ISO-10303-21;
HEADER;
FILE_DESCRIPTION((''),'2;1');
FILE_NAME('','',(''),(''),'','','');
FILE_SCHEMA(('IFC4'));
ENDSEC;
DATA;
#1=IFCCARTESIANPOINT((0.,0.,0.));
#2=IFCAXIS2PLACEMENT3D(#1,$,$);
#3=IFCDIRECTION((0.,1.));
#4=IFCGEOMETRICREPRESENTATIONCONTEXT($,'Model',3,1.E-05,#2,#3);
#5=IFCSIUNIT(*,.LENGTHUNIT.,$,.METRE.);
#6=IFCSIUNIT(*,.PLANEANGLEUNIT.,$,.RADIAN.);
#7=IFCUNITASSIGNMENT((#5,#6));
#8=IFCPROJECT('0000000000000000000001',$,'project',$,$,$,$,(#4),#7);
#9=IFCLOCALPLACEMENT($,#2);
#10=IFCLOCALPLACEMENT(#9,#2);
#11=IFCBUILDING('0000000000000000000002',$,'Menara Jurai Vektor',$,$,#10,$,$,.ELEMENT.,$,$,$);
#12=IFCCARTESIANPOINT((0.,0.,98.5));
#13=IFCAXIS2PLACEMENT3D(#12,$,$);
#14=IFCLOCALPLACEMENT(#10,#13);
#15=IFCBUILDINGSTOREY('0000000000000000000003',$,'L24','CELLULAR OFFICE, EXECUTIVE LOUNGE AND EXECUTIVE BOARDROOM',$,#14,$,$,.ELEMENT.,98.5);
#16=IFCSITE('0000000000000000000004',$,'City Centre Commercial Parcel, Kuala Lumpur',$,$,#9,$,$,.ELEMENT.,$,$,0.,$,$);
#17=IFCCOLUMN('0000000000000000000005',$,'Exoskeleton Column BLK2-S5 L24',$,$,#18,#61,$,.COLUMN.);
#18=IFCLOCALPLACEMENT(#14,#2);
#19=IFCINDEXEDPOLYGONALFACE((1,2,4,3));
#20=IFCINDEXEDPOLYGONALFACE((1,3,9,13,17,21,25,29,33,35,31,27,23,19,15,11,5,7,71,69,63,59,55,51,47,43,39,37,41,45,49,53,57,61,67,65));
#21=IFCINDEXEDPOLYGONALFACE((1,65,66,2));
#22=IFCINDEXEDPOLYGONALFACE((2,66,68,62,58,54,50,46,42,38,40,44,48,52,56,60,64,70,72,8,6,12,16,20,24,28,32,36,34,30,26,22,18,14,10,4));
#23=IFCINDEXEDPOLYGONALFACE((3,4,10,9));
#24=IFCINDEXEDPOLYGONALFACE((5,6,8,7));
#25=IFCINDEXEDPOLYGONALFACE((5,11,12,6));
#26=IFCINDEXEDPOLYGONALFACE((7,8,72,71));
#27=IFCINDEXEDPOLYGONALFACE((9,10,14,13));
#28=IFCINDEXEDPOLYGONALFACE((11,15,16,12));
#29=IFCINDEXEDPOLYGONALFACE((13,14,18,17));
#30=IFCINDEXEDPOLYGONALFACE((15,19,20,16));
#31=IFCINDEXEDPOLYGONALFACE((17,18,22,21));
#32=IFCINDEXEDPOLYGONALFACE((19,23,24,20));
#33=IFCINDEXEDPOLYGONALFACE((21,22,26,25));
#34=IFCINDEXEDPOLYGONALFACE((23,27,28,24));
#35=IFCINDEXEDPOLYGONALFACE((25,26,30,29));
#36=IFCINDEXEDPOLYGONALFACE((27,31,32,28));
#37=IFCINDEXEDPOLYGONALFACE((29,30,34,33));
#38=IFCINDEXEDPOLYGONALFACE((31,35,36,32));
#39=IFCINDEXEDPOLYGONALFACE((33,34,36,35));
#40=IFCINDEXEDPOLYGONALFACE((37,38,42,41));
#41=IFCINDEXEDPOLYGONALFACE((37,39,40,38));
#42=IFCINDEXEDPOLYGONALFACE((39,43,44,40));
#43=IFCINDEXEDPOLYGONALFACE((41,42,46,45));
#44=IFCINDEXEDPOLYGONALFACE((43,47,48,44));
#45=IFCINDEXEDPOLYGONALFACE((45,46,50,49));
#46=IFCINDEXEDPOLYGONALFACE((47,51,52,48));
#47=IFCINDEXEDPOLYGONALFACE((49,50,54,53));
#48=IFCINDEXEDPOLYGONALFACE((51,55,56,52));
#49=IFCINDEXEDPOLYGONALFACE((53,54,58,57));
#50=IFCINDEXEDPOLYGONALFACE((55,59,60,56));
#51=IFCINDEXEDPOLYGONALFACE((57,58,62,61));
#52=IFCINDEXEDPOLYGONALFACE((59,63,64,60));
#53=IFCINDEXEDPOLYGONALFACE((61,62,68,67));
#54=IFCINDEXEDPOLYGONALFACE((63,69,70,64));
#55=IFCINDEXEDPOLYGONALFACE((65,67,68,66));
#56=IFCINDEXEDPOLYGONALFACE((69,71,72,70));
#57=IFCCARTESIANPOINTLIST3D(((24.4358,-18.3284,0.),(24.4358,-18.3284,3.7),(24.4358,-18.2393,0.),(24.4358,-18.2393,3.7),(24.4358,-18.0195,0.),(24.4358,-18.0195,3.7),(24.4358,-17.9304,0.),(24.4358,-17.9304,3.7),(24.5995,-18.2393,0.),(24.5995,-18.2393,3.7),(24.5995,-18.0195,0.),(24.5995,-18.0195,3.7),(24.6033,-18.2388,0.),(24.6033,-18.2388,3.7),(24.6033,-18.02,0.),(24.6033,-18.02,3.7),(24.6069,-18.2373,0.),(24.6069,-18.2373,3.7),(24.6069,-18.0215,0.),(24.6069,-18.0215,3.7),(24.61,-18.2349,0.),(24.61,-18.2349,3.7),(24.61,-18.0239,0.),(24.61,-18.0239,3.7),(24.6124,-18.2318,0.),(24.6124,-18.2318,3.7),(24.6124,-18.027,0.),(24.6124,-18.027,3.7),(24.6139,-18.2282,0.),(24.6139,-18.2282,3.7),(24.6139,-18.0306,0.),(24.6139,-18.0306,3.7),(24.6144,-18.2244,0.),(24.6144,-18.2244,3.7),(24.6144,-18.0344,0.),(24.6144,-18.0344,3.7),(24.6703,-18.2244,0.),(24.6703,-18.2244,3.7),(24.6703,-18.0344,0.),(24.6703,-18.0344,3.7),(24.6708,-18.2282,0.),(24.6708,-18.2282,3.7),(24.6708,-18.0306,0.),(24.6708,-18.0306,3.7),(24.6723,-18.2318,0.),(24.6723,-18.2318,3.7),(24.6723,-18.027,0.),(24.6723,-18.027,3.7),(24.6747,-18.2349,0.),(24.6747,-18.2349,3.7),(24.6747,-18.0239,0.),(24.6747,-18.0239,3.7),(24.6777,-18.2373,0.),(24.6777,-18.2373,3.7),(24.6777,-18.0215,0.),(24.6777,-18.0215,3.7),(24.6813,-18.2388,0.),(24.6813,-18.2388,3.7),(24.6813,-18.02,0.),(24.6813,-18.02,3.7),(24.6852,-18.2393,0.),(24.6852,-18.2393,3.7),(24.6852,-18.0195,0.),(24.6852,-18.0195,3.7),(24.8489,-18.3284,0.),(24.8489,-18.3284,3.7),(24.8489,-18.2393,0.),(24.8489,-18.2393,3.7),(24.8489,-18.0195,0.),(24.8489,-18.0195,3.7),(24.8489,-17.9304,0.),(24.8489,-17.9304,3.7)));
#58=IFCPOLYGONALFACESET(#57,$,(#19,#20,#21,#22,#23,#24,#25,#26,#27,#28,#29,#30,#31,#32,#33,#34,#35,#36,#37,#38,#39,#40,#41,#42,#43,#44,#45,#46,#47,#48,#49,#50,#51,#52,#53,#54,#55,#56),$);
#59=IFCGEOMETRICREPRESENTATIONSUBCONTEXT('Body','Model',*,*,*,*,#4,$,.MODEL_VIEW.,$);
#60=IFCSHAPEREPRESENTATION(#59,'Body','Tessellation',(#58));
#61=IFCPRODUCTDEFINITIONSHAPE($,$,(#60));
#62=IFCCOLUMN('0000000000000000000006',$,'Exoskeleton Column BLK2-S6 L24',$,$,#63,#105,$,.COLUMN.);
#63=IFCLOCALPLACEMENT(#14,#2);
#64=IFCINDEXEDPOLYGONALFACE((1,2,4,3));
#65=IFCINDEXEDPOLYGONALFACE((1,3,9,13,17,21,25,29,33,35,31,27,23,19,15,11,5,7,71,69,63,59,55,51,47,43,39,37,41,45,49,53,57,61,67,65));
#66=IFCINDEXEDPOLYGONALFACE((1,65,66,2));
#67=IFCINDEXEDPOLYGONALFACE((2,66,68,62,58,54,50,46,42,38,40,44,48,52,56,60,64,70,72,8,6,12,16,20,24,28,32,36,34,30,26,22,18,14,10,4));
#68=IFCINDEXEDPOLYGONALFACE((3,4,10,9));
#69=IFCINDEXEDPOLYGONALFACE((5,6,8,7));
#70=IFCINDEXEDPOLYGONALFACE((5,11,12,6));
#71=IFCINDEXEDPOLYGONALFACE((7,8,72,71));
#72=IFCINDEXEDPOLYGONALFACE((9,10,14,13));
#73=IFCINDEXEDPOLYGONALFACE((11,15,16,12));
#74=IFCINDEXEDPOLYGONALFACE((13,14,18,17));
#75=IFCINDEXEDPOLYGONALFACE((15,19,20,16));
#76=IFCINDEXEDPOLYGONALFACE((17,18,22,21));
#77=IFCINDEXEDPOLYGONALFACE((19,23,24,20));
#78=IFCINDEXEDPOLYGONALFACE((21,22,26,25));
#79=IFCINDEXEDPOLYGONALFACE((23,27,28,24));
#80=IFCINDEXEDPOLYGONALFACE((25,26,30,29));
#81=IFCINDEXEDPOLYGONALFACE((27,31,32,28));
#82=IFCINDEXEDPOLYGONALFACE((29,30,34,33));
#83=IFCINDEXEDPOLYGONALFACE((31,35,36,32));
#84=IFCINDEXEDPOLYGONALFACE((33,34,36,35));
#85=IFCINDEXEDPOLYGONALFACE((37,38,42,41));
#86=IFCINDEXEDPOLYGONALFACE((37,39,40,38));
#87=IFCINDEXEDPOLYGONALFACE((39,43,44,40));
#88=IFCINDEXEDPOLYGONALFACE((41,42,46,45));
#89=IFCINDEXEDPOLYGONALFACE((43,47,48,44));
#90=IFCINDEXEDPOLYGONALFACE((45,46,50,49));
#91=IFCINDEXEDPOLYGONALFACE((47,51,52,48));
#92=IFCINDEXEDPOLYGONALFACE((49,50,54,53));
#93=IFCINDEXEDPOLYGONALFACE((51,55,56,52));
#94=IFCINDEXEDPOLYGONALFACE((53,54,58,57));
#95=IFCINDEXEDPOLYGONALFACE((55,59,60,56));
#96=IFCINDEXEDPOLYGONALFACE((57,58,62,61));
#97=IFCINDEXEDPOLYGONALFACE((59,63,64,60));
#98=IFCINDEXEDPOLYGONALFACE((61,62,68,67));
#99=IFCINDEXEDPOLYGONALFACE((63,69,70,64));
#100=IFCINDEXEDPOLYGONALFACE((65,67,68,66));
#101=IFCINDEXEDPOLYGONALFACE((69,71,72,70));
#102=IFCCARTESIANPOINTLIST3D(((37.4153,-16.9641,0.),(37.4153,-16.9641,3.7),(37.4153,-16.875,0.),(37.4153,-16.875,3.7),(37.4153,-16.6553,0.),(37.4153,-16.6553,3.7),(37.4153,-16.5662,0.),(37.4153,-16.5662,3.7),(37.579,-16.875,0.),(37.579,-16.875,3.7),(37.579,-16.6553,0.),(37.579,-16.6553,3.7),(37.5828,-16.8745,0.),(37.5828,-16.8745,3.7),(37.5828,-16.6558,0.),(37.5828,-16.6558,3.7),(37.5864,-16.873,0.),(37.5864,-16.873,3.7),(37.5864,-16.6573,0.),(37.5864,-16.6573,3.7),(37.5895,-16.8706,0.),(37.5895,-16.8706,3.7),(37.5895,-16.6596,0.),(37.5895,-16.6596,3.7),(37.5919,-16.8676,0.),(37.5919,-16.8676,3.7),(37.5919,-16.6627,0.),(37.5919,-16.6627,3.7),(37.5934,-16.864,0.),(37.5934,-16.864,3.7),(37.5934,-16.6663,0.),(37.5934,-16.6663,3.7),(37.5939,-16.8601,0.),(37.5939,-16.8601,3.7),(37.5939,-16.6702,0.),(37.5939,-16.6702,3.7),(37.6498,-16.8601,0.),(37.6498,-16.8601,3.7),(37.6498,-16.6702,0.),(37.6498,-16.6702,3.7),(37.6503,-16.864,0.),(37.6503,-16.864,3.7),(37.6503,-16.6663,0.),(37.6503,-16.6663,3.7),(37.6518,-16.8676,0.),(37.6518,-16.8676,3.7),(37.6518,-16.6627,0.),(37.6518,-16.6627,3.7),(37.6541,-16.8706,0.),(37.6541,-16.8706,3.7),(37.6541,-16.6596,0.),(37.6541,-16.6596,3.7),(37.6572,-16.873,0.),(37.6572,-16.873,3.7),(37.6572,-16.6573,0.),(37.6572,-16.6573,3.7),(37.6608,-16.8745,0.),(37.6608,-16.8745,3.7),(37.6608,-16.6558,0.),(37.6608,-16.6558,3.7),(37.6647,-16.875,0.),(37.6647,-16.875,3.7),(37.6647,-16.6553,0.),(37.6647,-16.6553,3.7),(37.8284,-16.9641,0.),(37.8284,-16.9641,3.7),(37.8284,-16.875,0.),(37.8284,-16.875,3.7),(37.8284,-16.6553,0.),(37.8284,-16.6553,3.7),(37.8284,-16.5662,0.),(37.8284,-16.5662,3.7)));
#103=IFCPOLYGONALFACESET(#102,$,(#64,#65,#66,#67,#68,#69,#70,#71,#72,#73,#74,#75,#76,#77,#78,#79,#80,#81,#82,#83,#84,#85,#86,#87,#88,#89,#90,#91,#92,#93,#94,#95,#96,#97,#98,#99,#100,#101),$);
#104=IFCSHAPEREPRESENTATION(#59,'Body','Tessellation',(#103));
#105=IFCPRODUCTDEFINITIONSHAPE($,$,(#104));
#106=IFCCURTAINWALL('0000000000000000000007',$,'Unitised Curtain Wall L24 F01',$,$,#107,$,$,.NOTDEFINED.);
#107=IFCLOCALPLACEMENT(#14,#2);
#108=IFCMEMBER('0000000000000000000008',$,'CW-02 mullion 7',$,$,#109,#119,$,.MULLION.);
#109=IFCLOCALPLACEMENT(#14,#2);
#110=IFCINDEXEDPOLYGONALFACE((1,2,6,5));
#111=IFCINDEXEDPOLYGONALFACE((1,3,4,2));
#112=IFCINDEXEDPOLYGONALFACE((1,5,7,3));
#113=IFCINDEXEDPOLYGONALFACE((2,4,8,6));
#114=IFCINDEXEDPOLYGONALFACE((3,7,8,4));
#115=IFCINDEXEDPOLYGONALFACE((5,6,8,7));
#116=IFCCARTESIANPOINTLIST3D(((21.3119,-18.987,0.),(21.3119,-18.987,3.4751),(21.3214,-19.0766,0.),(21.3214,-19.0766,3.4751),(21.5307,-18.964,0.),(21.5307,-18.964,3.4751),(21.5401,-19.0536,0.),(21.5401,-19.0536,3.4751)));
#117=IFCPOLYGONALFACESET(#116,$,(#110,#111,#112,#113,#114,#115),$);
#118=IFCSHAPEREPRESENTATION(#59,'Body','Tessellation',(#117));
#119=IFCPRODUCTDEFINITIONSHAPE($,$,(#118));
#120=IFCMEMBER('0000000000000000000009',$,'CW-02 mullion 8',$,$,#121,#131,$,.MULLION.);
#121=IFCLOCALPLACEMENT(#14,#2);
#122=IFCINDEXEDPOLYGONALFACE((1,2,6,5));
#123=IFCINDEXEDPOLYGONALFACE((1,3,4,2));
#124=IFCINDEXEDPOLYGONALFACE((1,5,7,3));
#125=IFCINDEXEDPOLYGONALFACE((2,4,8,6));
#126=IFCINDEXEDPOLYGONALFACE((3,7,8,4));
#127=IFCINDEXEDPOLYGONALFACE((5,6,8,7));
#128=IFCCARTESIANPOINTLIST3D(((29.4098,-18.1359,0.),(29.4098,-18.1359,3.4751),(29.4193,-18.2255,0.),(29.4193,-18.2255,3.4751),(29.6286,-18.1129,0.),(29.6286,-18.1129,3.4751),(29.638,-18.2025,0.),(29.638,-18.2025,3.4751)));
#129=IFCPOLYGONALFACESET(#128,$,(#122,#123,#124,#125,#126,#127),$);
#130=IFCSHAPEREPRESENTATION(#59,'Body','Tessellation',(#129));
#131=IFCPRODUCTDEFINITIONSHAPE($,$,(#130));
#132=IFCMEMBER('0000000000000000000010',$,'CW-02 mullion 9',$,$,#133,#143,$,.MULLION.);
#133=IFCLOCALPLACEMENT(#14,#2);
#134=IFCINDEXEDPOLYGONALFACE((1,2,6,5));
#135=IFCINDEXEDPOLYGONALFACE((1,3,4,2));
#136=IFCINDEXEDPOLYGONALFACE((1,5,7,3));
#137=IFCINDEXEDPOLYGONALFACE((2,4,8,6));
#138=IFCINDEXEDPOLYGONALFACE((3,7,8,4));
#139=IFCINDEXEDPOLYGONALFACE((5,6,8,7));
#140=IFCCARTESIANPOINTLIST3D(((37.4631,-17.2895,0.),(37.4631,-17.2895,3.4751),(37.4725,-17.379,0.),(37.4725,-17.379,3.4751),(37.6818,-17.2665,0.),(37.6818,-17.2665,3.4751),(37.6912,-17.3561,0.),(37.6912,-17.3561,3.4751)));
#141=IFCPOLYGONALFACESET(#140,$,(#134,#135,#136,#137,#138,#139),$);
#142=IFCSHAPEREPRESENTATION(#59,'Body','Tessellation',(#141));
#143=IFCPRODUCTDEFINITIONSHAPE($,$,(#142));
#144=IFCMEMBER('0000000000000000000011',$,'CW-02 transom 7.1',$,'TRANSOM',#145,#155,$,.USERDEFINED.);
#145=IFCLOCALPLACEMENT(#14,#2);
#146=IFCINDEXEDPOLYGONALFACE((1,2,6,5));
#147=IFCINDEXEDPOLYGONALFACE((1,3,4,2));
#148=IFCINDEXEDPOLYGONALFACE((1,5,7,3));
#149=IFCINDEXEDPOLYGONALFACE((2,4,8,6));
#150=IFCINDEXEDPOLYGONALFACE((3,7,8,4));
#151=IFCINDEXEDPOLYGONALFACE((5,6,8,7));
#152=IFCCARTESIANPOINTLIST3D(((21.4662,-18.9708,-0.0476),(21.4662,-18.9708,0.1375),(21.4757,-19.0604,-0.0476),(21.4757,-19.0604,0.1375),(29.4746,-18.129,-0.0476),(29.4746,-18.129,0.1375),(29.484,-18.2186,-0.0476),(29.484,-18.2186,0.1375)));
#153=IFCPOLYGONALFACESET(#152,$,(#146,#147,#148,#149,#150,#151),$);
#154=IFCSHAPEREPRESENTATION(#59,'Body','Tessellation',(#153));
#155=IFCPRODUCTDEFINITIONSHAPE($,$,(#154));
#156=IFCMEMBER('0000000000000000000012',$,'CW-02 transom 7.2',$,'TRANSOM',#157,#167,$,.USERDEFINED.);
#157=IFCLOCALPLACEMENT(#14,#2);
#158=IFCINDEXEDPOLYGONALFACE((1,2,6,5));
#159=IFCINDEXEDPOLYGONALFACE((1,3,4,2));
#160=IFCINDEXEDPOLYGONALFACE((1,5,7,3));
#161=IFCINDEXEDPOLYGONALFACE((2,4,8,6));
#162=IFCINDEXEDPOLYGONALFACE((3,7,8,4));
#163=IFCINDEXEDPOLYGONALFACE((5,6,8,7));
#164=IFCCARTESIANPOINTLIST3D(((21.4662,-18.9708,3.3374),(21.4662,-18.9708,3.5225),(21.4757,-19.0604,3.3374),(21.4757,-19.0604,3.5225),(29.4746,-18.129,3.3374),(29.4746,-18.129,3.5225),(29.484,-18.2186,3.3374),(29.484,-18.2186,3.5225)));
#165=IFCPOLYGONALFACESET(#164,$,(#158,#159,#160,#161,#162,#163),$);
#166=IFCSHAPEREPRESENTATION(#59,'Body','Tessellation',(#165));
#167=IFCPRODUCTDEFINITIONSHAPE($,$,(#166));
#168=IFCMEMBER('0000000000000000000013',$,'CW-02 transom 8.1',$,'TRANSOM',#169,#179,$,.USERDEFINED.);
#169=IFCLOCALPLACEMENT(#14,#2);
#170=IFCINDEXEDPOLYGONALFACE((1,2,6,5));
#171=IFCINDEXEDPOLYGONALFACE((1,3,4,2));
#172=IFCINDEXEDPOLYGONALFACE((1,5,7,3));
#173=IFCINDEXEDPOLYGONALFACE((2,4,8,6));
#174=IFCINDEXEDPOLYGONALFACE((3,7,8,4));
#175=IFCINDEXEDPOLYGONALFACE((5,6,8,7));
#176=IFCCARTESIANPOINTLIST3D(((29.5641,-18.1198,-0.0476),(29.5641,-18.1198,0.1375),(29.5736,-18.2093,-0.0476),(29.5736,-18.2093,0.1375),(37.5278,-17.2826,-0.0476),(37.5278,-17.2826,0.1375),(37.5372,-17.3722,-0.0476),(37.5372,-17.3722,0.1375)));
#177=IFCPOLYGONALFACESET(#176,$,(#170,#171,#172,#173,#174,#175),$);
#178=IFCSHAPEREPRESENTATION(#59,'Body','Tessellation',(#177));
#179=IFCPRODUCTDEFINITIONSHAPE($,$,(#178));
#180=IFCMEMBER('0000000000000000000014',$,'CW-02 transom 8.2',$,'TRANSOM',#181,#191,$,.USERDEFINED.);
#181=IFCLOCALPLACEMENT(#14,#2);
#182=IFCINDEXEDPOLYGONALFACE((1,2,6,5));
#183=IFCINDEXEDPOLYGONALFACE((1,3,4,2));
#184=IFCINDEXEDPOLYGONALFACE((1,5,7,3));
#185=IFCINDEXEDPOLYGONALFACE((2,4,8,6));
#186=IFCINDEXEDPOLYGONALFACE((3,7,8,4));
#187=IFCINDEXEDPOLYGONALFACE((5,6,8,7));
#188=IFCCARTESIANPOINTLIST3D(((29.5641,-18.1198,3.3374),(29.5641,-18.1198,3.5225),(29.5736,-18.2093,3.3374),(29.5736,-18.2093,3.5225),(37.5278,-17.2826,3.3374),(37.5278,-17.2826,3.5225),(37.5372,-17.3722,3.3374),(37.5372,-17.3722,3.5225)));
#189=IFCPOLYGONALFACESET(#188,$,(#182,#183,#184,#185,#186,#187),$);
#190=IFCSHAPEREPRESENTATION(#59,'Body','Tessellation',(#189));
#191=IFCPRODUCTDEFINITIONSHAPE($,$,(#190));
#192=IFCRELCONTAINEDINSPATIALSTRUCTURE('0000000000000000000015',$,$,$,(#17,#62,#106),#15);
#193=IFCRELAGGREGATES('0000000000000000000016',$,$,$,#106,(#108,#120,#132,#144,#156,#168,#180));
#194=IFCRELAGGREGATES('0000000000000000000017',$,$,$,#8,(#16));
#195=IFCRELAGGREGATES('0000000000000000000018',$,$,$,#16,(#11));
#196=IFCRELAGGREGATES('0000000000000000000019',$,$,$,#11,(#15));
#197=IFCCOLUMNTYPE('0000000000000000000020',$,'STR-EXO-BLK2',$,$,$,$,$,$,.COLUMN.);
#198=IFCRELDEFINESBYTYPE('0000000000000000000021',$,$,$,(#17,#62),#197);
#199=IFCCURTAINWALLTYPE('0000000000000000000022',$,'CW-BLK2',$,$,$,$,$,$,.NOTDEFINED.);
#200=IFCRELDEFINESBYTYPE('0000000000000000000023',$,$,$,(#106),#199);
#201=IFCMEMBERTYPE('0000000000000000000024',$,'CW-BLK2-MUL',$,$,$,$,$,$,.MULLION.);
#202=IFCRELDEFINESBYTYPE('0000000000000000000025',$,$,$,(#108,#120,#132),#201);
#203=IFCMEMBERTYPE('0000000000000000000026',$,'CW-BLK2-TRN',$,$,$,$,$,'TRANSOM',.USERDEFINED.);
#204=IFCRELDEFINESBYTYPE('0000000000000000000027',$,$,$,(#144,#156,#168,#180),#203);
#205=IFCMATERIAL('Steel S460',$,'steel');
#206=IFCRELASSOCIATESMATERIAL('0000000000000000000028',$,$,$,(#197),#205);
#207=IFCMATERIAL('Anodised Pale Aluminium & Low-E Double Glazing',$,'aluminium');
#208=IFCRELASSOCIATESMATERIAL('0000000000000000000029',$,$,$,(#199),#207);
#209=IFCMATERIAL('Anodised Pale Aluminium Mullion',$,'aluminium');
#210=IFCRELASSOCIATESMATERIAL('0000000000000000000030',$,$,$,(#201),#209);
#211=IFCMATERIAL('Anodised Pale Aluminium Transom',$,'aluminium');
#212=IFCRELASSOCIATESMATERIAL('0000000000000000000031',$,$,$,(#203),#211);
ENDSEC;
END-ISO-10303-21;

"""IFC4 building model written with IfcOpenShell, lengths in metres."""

from ifc_helpers import new_model, si_unit, direction, frame, origin, origin_2d, place, context, subcontext, project, spatial, rectangle, i_section, extrude, material, material_profile, profile_set, type_object, element, aggregate, save


model = new_model("IFC4")

# Units and contexts
model_context = context("Model", 3, precision=1e-05, world=origin(), true_north=direction((0.0, 1.0)))
body_context = subcontext(model_context, "Body", "Model", "MODEL_VIEW")
ifc_project = project(units=[si_unit("LENGTHUNIT", "METRE"), si_unit("PLANEANGLEUNIT", "RADIAN")], contexts=[model_context])

# Site, building, storey
site_placement = place(None, origin())
site = spatial("IfcSite", under=ifc_project, at=site_placement, Name="City Centre Commercial Parcel, Kuala Lumpur", CompositionType="ELEMENT", RefElevation=0.0)
building_placement = place(site_placement, origin())
building = spatial("IfcBuilding", under=site, at=building_placement, Name="Menara Jurai Vektor", CompositionType="ELEMENT")
storey_placement = place(building_placement, frame((0.0, 0.0, 98.5)))
storey = spatial("IfcBuildingStorey", under=building, at=storey_placement, Name="L24", Description="CELLULAR OFFICE, EXECUTIVE LOUNGE AND EXECUTIVE BOARDROOM", CompositionType="ELEMENT", Elevation=98.5)

# Columns
ifc_material_1 = material(Name="Steel S460", Category="steel")
ifc_material_profile_1 = material_profile(ifc_material_1, i_section(OverallWidth=0.4131, OverallDepth=0.3979, WebThickness=0.0559, FlangeThickness=0.0891, FilletRadius=0.0149, at=origin_2d()), Name="HD 400x744")
ifc_profile_set_1 = profile_set([ifc_material_profile_1], Name="Steel S460")
column_type = type_object("IfcColumnType", Name="STR-EXO-BLK2", PredefinedType="COLUMN", material=ifc_profile_set_1)
for number, where, z_axis, x_axis, name in (
    (1, (24.6423, -18.1294, 0.0), (0.0, 0.0, 1.0), (1.0, 0.0, 0.0), "Exoskeleton Column BLK2-S5 L24"),
    (2, (37.6218, -16.7651, 0.0), (0.0, 0.0, 1.0), (1.0, 0.0, 0.0), "Exoskeleton Column BLK2-S6 L24"),
):
    element("IfcColumn", number, at=place(storey_placement, frame(where, z_axis=z_axis, x_axis=x_axis)), inside=storey, type_object=column_type, Name=name, PredefinedType="COLUMN", context=body_context, shape_type="SweptSolid", body=[
        extrude(i_section(OverallWidth=0.4131, OverallDepth=0.3979, WebThickness=0.0559, FlangeThickness=0.0891, FilletRadius=0.0149, at=origin_2d()), origin(), (0.0, 0.0, 1.0), 3.7),
    ])

# Curtain wall, members
ifc_material_2 = material(Name="Anodised Pale Aluminium & Low-E Double Glazing", Category="aluminium")
curtain_wall_type = type_object("IfcCurtainWallType", Name="CW-BLK2", PredefinedType="NOTDEFINED", material=ifc_material_2)
curtain_wall_placement = place(storey_placement, origin())
curtain_wall = element("IfcCurtainWall", 3, at=curtain_wall_placement, inside=storey, type_object=curtain_wall_type, Name="Unitised Curtain Wall L24 F01", PredefinedType="NOTDEFINED")
ifc_material_3 = material(Name="Anodised Pale Aluminium Mullion", Category="aluminium")
ifc_material_profile_2 = material_profile(ifc_material_3, rectangle(XDim=0.0901, YDim=0.22, at=origin_2d()), Name="ALU MUL 90x220")
ifc_profile_set_2 = profile_set([ifc_material_profile_2], Name="Anodised Pale Aluminium Mullion")
member_type_1 = type_object("IfcMemberType", Name="CW-BLK2-MUL", PredefinedType="MULLION", material=ifc_profile_set_2)
member_1_placement = place(storey_placement, frame((21.426, -19.0203, 0.0), z_axis=(0.0, 0.0, 1.0), x_axis=(-0.104529, 0.994522, 0.0)))
member_1 = element("IfcMember", 4, at=member_1_placement, type_object=member_type_1, Name="CW-02 mullion 7", PredefinedType="MULLION", context=body_context, shape_type="SweptSolid", body=[
    extrude(rectangle(XDim=0.0901, YDim=0.22, at=origin_2d()), origin(), (0.0, 0.0, 1.0), 3.4751),
])
member_2_placement = place(storey_placement, frame((29.5239, -18.1692, 0.0), z_axis=(0.0, 0.0, 1.0), x_axis=(-0.104529, 0.994522, 0.0)))
member_2 = element("IfcMember", 5, at=member_2_placement, type_object=member_type_1, Name="CW-02 mullion 8", PredefinedType="MULLION", context=body_context, shape_type="SweptSolid", body=[
    extrude(rectangle(XDim=0.0901, YDim=0.22, at=origin_2d()), origin(), (0.0, 0.0, 1.0), 3.4751),
])
member_3_placement = place(storey_placement, frame((37.5771, -17.3228, 0.0), z_axis=(0.0, 0.0, 1.0), x_axis=(-0.104529, 0.994522, 0.0)))
member_3 = element("IfcMember", 6, at=member_3_placement, type_object=member_type_1, Name="CW-02 mullion 9", PredefinedType="MULLION", context=body_context, shape_type="SweptSolid", body=[
    extrude(rectangle(XDim=0.0901, YDim=0.22, at=origin_2d()), origin(), (0.0, 0.0, 1.0), 3.4751),
])
ifc_material_4 = material(Name="Anodised Pale Aluminium Transom", Category="aluminium")
ifc_material_profile_3 = material_profile(ifc_material_4, rectangle(XDim=0.0901, YDim=0.1851, at=origin_2d()), Name="ALU TRN 90x185")
ifc_profile_set_3 = profile_set([ifc_material_profile_3], Name="Anodised Pale Aluminium Transom")
member_type_2 = type_object("IfcMemberType", Name="CW-BLK2-TRN", ElementType="TRANSOM", PredefinedType="USERDEFINED", material=ifc_profile_set_3)
member_4_placement = place(storey_placement, frame((21.4709, -19.0156, 0.0449), z_axis=(0.994521, 0.10454, 0.0), x_axis=(-0.10454, 0.994521, 0.0)))
member_4 = element("IfcMember", 7, at=member_4_placement, type_object=member_type_2, Name="CW-02 transom 7.1", ObjectType="TRANSOM", PredefinedType="USERDEFINED", context=body_context, shape_type="SweptSolid", body=[
    extrude(rectangle(XDim=0.0901, YDim=0.1851, at=origin_2d()), origin(), (0.0, 0.0, 1.0), 8.0525),
])
member_5_placement = place(storey_placement, frame((21.4709, -19.0156, 3.4299), z_axis=(0.994521, 0.10454, 0.0), x_axis=(-0.10454, 0.994521, 0.0)))
member_5 = element("IfcMember", 8, at=member_5_placement, type_object=member_type_2, Name="CW-02 transom 7.2", ObjectType="TRANSOM", PredefinedType="USERDEFINED", context=body_context, shape_type="SweptSolid", body=[
    extrude(rectangle(XDim=0.0901, YDim=0.1851, at=origin_2d()), origin(), (0.0, 0.0, 1.0), 8.0525),
])
member_6_placement = place(storey_placement, frame((29.5688, -18.1646, 0.0449), z_axis=(0.99452, 0.104547, 0.0), x_axis=(-0.104547, 0.99452, 0.0)))
member_6 = element("IfcMember", 9, at=member_6_placement, type_object=member_type_2, Name="CW-02 transom 8.1", ObjectType="TRANSOM", PredefinedType="USERDEFINED", context=body_context, shape_type="SweptSolid", body=[
    extrude(rectangle(XDim=0.0901, YDim=0.1851, at=origin_2d()), origin(), (0.0, 0.0, 1.0), 8.0076),
])
member_7_placement = place(storey_placement, frame((29.5688, -18.1646, 3.4299), z_axis=(0.99452, 0.104547, 0.0), x_axis=(-0.104547, 0.99452, 0.0)))
member_7 = element("IfcMember", 10, at=member_7_placement, type_object=member_type_2, Name="CW-02 transom 8.2", ObjectType="TRANSOM", PredefinedType="USERDEFINED", context=body_context, shape_type="SweptSolid", body=[
    extrude(rectangle(XDim=0.0901, YDim=0.1851, at=origin_2d()), origin(), (0.0, 0.0, 1.0), 8.0076),
])

aggregate(curtain_wall, [member_1, member_2, member_3, member_4, member_5, member_6, member_7])

save(model, "model.ifc")
